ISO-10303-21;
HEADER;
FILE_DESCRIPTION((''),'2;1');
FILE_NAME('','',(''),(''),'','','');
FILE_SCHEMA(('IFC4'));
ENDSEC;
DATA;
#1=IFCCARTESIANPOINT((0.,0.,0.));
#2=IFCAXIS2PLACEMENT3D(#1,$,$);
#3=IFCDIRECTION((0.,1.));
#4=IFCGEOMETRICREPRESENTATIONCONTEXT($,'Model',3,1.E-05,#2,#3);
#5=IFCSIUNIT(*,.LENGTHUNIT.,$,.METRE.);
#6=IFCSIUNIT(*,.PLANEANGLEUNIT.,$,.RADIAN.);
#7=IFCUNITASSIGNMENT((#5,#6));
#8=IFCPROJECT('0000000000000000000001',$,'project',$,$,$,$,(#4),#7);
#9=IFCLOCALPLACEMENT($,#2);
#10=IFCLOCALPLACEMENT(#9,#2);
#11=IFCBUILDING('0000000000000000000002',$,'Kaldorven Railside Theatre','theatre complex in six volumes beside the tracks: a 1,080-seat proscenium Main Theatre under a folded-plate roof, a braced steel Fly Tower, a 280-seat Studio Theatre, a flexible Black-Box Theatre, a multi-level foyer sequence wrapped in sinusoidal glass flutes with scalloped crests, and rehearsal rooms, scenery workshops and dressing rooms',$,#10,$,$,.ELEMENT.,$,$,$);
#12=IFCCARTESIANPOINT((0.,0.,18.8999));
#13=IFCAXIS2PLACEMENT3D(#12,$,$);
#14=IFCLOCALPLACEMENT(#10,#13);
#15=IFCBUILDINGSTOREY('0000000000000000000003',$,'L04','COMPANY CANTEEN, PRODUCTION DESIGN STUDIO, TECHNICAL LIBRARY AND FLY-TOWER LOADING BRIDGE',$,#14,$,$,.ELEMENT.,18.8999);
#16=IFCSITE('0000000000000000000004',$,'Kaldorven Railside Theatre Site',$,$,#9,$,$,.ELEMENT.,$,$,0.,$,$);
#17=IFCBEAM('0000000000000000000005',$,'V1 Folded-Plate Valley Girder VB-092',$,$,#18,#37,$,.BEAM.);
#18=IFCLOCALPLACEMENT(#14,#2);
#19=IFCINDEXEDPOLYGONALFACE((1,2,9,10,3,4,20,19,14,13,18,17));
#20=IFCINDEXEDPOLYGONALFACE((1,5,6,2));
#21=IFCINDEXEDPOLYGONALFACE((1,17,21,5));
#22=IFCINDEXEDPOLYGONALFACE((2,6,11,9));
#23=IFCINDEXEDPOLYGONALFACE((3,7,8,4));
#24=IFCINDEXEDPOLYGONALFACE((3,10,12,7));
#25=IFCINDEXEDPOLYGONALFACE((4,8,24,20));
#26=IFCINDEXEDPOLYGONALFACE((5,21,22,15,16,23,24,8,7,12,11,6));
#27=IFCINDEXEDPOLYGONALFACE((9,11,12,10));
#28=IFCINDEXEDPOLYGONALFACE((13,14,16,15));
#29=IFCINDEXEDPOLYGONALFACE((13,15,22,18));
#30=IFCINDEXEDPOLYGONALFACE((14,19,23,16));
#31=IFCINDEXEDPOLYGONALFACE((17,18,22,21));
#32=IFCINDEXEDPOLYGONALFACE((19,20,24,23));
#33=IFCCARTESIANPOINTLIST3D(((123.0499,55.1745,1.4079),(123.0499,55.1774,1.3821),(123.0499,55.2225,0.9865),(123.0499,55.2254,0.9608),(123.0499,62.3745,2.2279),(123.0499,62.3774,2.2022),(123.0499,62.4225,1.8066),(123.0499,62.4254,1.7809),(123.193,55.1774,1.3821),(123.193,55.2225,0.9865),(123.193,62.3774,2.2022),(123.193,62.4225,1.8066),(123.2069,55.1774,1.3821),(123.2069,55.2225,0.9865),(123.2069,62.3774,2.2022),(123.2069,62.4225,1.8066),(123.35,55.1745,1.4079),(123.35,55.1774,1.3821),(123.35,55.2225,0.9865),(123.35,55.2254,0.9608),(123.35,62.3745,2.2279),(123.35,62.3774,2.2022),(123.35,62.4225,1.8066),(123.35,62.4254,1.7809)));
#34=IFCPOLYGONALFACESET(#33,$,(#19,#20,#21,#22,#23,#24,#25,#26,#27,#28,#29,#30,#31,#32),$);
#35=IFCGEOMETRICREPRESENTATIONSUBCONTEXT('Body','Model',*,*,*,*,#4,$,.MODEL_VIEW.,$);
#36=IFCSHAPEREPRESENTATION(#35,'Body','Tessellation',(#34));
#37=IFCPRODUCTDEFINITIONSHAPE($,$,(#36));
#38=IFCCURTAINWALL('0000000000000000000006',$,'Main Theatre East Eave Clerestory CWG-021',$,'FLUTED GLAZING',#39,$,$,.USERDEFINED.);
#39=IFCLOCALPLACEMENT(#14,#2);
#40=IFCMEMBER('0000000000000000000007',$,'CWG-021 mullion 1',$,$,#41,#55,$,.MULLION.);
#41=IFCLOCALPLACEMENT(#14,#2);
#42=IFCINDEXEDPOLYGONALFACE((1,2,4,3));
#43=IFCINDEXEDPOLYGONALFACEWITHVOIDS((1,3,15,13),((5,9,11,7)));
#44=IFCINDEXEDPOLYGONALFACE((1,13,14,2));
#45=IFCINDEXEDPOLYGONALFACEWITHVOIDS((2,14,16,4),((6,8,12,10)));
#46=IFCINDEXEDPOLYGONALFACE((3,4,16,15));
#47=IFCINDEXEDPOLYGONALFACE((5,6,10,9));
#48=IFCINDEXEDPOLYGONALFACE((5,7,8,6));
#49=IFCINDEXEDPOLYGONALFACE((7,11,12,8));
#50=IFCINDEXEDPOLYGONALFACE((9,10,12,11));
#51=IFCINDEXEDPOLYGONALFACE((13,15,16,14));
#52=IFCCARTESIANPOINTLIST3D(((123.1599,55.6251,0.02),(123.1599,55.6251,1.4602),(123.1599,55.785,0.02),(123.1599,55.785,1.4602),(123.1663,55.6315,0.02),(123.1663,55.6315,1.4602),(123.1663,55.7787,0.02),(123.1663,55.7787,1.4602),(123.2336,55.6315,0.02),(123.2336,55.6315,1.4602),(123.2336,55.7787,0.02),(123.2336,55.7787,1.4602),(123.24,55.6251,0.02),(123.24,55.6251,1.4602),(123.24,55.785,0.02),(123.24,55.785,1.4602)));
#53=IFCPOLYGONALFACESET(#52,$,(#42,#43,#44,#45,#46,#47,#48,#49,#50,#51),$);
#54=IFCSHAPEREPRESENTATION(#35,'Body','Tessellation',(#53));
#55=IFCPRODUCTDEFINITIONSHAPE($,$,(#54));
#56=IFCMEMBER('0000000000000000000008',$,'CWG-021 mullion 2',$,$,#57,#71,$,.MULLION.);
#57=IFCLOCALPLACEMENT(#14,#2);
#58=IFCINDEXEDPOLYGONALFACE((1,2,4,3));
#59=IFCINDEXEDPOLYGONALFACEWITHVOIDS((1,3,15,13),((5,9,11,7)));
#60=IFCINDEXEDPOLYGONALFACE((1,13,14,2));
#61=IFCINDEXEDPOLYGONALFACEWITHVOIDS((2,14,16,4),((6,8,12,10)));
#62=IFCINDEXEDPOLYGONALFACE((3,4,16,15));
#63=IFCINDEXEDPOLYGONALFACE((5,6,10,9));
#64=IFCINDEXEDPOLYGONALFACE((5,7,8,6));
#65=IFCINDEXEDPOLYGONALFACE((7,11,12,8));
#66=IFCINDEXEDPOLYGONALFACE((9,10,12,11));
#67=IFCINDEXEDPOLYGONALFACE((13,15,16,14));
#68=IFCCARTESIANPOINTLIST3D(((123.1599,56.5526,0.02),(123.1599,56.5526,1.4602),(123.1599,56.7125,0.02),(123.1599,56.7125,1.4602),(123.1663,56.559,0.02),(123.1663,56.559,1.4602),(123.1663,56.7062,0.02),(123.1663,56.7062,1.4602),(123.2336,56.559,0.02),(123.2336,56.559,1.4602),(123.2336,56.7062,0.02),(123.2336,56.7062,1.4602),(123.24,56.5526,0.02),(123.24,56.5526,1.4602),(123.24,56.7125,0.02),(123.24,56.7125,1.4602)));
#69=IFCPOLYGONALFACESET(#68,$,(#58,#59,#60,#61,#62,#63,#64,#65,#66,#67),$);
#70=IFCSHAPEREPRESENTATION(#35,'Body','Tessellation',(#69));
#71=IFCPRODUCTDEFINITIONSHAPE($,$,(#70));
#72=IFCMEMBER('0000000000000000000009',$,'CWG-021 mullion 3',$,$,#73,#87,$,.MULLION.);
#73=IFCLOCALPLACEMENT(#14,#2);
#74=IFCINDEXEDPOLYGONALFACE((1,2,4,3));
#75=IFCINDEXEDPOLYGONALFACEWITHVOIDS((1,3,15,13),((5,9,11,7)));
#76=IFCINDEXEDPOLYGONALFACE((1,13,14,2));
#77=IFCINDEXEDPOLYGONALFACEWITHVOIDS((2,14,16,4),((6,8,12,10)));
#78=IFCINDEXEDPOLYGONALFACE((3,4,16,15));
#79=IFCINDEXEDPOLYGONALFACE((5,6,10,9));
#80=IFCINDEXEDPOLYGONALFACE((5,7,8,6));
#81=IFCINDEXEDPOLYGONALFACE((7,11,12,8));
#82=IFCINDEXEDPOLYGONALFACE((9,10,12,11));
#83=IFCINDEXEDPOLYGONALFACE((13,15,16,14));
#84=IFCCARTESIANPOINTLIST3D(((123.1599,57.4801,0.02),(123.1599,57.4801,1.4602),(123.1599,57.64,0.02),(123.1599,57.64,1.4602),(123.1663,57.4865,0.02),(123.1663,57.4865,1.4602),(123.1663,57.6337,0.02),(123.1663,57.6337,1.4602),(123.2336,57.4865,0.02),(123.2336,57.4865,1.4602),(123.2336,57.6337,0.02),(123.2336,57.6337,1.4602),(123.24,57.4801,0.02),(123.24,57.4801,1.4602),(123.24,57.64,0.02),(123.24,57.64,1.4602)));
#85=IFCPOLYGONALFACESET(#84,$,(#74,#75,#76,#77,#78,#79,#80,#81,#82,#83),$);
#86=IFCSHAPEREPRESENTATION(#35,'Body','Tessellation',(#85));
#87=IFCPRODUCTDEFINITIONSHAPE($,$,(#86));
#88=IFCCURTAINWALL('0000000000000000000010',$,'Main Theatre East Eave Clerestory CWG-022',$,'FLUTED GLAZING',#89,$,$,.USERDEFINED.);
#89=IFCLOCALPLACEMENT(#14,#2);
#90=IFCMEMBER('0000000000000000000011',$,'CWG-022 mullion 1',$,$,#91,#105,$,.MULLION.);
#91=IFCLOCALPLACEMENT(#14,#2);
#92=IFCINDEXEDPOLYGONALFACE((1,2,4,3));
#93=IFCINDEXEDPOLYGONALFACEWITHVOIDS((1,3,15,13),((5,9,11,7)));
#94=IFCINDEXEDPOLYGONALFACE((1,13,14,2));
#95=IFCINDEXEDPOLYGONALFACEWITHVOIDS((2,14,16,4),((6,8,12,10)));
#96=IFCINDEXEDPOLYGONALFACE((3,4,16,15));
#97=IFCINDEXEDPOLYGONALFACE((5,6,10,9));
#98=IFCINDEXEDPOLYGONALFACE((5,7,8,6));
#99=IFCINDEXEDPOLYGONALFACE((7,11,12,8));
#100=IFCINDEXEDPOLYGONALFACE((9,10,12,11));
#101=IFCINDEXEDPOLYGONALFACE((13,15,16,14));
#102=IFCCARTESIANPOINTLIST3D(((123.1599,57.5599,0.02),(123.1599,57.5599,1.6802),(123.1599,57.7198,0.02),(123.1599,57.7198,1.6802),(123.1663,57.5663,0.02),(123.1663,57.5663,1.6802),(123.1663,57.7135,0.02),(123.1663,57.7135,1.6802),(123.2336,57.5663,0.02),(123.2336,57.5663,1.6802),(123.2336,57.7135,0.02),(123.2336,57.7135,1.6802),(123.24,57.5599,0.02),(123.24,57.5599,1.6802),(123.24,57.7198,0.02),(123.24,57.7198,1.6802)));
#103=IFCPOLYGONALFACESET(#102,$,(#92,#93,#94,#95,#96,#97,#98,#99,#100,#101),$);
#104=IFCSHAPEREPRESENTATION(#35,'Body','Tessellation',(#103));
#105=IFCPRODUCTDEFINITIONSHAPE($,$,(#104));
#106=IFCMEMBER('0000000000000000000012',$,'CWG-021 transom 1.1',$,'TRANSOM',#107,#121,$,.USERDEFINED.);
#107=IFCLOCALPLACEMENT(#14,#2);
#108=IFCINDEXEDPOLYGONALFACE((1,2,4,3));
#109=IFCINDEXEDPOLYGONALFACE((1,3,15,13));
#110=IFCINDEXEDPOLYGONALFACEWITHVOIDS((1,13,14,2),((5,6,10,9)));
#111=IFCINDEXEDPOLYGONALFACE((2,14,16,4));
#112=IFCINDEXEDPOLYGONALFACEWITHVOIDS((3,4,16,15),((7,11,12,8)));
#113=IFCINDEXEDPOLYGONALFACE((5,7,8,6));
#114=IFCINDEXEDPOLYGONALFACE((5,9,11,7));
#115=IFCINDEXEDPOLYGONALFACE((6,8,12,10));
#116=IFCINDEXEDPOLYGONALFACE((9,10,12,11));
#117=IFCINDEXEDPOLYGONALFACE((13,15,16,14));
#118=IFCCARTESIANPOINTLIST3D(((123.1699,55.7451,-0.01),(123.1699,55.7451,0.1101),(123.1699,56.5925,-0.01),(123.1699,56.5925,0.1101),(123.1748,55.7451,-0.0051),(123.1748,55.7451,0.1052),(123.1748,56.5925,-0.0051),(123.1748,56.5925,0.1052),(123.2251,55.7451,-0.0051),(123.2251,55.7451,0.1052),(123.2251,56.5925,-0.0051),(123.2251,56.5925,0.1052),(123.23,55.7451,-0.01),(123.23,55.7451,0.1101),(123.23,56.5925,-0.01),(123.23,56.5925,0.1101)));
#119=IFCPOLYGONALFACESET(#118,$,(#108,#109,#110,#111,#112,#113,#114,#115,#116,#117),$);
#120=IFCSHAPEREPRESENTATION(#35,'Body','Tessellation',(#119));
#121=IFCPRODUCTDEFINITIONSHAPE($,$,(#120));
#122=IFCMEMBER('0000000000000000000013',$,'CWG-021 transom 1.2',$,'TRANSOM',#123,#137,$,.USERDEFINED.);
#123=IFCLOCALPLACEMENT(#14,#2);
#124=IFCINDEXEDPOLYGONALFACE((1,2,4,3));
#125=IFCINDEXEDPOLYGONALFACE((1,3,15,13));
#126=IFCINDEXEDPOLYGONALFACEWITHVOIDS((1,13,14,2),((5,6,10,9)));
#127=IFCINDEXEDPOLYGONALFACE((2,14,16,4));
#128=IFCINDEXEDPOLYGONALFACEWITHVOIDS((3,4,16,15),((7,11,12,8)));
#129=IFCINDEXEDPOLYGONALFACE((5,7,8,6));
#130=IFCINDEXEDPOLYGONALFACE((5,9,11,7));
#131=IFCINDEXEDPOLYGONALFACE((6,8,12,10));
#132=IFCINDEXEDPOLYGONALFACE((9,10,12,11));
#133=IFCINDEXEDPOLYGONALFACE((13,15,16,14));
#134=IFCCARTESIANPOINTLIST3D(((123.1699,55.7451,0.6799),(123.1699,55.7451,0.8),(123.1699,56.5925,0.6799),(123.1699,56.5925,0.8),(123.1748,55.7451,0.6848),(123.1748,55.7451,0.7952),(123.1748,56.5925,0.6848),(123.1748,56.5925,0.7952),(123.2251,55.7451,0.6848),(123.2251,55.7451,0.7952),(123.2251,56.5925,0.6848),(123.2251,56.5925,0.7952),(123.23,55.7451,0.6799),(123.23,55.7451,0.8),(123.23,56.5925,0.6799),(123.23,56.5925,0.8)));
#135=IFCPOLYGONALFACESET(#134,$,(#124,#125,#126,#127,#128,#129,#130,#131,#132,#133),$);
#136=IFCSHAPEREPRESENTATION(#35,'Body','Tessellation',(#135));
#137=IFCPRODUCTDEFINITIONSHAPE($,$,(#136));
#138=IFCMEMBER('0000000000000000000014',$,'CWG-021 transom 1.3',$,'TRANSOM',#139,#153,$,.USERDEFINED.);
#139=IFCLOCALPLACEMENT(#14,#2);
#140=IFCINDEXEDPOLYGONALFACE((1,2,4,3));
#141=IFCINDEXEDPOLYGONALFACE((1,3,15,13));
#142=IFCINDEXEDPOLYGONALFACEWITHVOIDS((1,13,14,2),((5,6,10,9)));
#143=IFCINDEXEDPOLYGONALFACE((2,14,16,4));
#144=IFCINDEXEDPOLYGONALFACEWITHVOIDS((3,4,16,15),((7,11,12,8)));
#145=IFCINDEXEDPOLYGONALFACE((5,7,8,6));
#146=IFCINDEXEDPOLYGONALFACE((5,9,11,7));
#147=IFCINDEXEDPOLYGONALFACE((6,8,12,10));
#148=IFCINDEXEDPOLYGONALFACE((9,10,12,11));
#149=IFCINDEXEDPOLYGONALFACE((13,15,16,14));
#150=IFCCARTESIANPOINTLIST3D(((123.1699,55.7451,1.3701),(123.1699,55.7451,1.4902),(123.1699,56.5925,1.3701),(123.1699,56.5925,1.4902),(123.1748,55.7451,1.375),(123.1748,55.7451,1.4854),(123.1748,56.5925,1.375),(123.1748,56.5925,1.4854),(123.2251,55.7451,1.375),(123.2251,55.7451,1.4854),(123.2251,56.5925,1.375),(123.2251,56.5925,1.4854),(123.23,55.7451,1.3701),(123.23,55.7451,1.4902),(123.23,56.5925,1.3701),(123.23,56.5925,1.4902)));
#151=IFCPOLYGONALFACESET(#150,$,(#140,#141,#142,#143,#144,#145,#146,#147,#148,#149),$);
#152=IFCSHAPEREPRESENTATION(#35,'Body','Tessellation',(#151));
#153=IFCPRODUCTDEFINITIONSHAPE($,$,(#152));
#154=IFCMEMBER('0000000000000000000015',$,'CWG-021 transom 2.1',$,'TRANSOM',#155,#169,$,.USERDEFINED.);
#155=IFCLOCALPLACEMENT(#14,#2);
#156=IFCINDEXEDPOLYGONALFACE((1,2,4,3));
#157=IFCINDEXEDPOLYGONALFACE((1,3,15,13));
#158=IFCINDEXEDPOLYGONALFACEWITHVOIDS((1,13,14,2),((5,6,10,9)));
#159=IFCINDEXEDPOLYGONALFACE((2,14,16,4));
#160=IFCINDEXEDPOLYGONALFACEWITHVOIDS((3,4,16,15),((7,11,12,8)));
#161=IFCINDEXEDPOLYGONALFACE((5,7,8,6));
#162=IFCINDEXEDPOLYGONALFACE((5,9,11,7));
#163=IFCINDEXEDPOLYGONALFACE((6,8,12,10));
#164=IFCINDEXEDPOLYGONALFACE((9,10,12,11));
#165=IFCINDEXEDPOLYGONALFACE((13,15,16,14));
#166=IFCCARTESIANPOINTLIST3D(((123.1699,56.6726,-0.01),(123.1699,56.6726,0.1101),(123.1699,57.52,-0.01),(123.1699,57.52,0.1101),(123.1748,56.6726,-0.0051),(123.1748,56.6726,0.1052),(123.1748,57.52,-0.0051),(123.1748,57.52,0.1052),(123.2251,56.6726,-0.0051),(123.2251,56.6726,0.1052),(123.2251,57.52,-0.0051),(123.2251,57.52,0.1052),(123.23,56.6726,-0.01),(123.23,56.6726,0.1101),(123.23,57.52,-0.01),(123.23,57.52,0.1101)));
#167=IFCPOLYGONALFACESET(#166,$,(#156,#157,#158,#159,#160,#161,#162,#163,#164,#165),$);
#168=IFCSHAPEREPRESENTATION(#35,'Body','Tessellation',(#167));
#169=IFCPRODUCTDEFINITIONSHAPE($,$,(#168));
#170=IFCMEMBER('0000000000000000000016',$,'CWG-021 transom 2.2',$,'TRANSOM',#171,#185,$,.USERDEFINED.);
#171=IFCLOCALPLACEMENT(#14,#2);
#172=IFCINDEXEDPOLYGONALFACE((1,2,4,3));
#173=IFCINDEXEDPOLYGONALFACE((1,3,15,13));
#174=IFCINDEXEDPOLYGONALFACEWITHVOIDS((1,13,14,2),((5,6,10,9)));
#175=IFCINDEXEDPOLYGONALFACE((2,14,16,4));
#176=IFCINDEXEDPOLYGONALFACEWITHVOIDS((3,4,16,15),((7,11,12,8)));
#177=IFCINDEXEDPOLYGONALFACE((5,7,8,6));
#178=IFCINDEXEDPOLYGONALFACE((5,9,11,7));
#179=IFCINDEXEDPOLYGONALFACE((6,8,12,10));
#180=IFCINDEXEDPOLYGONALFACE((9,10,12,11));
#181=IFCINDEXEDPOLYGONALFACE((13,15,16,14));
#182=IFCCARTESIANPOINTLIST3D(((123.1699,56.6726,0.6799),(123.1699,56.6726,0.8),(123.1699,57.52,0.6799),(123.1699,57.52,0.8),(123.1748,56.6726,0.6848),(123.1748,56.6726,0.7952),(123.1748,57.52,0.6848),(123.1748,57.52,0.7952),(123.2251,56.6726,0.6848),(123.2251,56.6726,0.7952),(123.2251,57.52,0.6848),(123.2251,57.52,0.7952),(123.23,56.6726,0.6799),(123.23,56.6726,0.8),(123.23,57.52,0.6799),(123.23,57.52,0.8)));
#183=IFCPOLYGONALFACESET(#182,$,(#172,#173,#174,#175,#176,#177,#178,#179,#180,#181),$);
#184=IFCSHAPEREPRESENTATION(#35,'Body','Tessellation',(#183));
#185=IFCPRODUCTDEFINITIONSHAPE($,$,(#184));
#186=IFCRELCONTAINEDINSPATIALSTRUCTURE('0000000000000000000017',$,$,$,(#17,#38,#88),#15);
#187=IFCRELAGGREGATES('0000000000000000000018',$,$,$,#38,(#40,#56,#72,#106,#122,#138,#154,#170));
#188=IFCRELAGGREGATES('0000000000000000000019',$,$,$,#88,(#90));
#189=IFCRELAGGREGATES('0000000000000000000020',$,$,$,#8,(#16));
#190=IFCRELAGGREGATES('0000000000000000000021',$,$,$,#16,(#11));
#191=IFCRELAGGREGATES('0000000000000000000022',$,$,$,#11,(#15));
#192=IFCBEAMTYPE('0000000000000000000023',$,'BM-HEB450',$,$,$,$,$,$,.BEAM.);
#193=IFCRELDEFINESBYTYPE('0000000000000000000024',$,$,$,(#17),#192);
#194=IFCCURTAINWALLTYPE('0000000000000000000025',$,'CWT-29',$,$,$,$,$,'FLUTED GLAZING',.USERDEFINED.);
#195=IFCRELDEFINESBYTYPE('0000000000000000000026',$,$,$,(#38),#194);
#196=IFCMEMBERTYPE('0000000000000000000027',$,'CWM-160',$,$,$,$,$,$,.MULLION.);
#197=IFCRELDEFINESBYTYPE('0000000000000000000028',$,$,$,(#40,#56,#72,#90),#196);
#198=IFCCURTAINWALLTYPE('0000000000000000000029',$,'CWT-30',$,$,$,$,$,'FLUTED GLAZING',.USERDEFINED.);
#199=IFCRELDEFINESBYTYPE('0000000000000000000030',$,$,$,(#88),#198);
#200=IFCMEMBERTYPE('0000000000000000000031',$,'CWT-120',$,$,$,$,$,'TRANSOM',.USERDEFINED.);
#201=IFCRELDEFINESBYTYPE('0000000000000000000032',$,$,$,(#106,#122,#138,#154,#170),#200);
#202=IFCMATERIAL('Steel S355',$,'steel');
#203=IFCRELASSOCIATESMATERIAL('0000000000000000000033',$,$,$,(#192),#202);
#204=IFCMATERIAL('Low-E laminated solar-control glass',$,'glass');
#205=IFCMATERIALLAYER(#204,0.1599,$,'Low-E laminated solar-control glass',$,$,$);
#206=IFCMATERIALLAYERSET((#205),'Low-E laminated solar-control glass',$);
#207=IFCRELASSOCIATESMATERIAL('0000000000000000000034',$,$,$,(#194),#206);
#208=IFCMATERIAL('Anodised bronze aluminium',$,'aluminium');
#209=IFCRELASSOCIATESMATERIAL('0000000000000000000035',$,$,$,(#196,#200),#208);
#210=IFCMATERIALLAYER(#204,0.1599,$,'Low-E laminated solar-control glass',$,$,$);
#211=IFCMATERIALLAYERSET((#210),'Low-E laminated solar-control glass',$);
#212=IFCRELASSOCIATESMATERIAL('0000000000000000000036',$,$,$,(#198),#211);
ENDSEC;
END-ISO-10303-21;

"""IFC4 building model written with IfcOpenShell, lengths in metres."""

from ifc_helpers import new_model, si_unit, direction, frame, origin, origin_2d, place, context, subcontext, project, spatial, hollow_rectangle, i_section, extrude, material, layer, layer_set, material_profile, profile_set, type_object, element, aggregate, save


model = new_model("IFC4")

# Units and contexts
model_context = context("Model", 3, precision=1e-05, world=origin(), true_north=direction((0.0, 1.0)))
body_context = subcontext(model_context, "Body", "Model", "MODEL_VIEW")
ifc_project = project(units=[si_unit("LENGTHUNIT", "METRE"), si_unit("PLANEANGLEUNIT", "RADIAN")], contexts=[model_context])

# Site, building, storey
site_placement = place(None, origin())
site = spatial("IfcSite", under=ifc_project, at=site_placement, Name="Kaldorven Railside Theatre Site", CompositionType="ELEMENT", RefElevation=0.0)
building_placement = place(site_placement, origin())
building = spatial("IfcBuilding", under=site, at=building_placement, Name="Kaldorven Railside Theatre", Description="theatre complex in six volumes beside the tracks: a 1,080-seat proscenium Main Theatre under a folded-plate roof, a braced steel Fly Tower, a 280-seat Studio Theatre, a flexible Black-Box Theatre, a multi-level foyer sequence wrapped in sinusoidal glass flutes with scalloped crests, and rehearsal rooms, scenery workshops and dressing rooms", CompositionType="ELEMENT")
storey_placement = place(building_placement, frame((0.0, 0.0, 18.8999)))
storey = spatial("IfcBuildingStorey", under=building, at=storey_placement, Name="L04", Description="COMPANY CANTEEN, PRODUCTION DESIGN STUDIO, TECHNICAL LIBRARY AND FLY-TOWER LOADING BRIDGE", CompositionType="ELEMENT", Elevation=18.8999)

# Beam
ifc_material_1 = material(Name="Steel S355", Category="steel")
ifc_material_profile_1 = material_profile(ifc_material_1, i_section(OverallWidth=0.3, OverallDepth=0.45, WebThickness=0.0139, FlangeThickness=0.0259, at=origin_2d()), Name="HEB 450")
ifc_profile_set_1 = profile_set([ifc_material_profile_1], Name="Steel S355")
beam_type = type_object("IfcBeamType", Name="BM-HEB450", PredefinedType="BEAM", material=ifc_profile_set_1)
beam_placement = place(storey_placement, frame((123.2, 55.2, 1.1843), z_axis=(0.0, 0.993576, 0.113167), x_axis=(-1.0, 0.0, 0.0)))
element("IfcBeam", 1, at=beam_placement, inside=storey, type_object=beam_type, Name="V1 Folded-Plate Valley Girder VB-092", PredefinedType="BEAM", context=body_context, shape_type="SweptSolid", body=[
    extrude(i_section(OverallWidth=0.3, OverallDepth=0.45, WebThickness=0.0139, FlangeThickness=0.0259, at=origin_2d()), origin(), (0.0, 0.0, 1.0), 7.2466),
])

# Curtain wall, members
ifc_material_2 = material(Name="Low-E laminated solar-control glass", Category="glass")
ifc_layer_1 = layer(ifc_material_2, 0.1599, Name="Low-E laminated solar-control glass")
ifc_layer_set_1 = layer_set([ifc_layer_1], Name="Low-E laminated solar-control glass")
curtain_wall_type_1 = type_object("IfcCurtainWallType", Name="CWT-29", ElementType="FLUTED GLAZING", PredefinedType="USERDEFINED", material=ifc_layer_set_1)
curtain_wall_1_placement = place(storey_placement, origin())
curtain_wall_1 = element("IfcCurtainWall", 2, at=curtain_wall_1_placement, inside=storey, type_object=curtain_wall_type_1, Name="Main Theatre East Eave Clerestory CWG-021", ObjectType="FLUTED GLAZING", PredefinedType="USERDEFINED")
ifc_material_3 = material(Name="Anodised bronze aluminium", Category="aluminium")
ifc_material_profile_2 = material_profile(ifc_material_3, hollow_rectangle(XDim=0.0801, YDim=0.1599, WallThickness=0.0063, at=origin_2d()), Name="RHS 160x80x6.3")
ifc_profile_set_2 = profile_set([ifc_material_profile_2], Name="Anodised bronze aluminium")
member_type_1 = type_object("IfcMemberType", Name="CWM-160", PredefinedType="MULLION", material=ifc_profile_set_2)
member_1_placement = place(storey_placement, frame((123.2, 55.7051, 0.02), z_axis=(0.0, 0.0, 1.0), x_axis=(-1.0, 0.0, 0.0)))
member_1 = element("IfcMember", 3, at=member_1_placement, type_object=member_type_1, Name="CWG-021 mullion 1", PredefinedType="MULLION", context=body_context, shape_type="SweptSolid", body=[
    extrude(hollow_rectangle(XDim=0.0801, YDim=0.1599, WallThickness=0.0063, at=origin_2d()), origin(), (0.0, 0.0, 1.0), 1.4402),
])
member_2_placement = place(storey_placement, frame((123.2, 56.6326, 0.02), z_axis=(0.0, 0.0, 1.0), x_axis=(-1.0, 0.0, 0.0)))
member_2 = element("IfcMember", 4, at=member_2_placement, type_object=member_type_1, Name="CWG-021 mullion 2", PredefinedType="MULLION", context=body_context, shape_type="SweptSolid", body=[
    extrude(hollow_rectangle(XDim=0.0801, YDim=0.1599, WallThickness=0.0063, at=origin_2d()), origin(), (0.0, 0.0, 1.0), 1.4402),
])
member_3_placement = place(storey_placement, frame((123.2, 57.5601, 0.02), z_axis=(0.0, 0.0, 1.0), x_axis=(-1.0, 0.0, 0.0)))
member_3 = element("IfcMember", 5, at=member_3_placement, type_object=member_type_1, Name="CWG-021 mullion 3", PredefinedType="MULLION", context=body_context, shape_type="SweptSolid", body=[
    extrude(hollow_rectangle(XDim=0.0801, YDim=0.1599, WallThickness=0.0063, at=origin_2d()), origin(), (0.0, 0.0, 1.0), 1.4402),
])

# Curtain wall, member
ifc_layer_2 = layer(ifc_material_2, 0.1599, Name="Low-E laminated solar-control glass")
ifc_layer_set_2 = layer_set([ifc_layer_2], Name="Low-E laminated solar-control glass")
curtain_wall_type_2 = type_object("IfcCurtainWallType", Name="CWT-30", ElementType="FLUTED GLAZING", PredefinedType="USERDEFINED", material=ifc_layer_set_2)
curtain_wall_2_placement = place(storey_placement, origin())
curtain_wall_2 = element("IfcCurtainWall", 6, at=curtain_wall_2_placement, inside=storey, type_object=curtain_wall_type_2, Name="Main Theatre East Eave Clerestory CWG-022", ObjectType="FLUTED GLAZING", PredefinedType="USERDEFINED")
member_4_placement = place(storey_placement, frame((123.2, 57.6399, 0.02), z_axis=(0.0, 0.0, 1.0), x_axis=(-1.0, 0.0, 0.0)))
member_4 = element("IfcMember", 7, at=member_4_placement, type_object=member_type_1, Name="CWG-022 mullion 1", PredefinedType="MULLION", context=body_context, shape_type="SweptSolid", body=[
    extrude(hollow_rectangle(XDim=0.0801, YDim=0.1599, WallThickness=0.0063, at=origin_2d()), origin(), (0.0, 0.0, 1.0), 1.6602),
])

# Members
ifc_material_profile_3 = material_profile(ifc_material_3, hollow_rectangle(XDim=0.0601, YDim=0.1201, WallThickness=0.0049, at=origin_2d()), Name="RHS 120x60x5")
ifc_profile_set_3 = profile_set([ifc_material_profile_3], Name="Anodised bronze aluminium")
member_type_2 = type_object("IfcMemberType", Name="CWT-120", ElementType="TRANSOM", PredefinedType="USERDEFINED", material=ifc_profile_set_3)
member_5_placement = place(storey_placement, frame((123.2, 55.7451, 0.05), z_axis=(0.0, 1.0, 0.0), x_axis=(-1.0, 0.0, 0.0)))
member_5 = element("IfcMember", 8, at=member_5_placement, type_object=member_type_2, Name="CWG-021 transom 1.1", ObjectType="TRANSOM", PredefinedType="USERDEFINED", context=body_context, shape_type="SweptSolid", body=[
    extrude(hollow_rectangle(XDim=0.0601, YDim=0.1201, WallThickness=0.0049, at=origin_2d()), origin(), (0.0, 0.0, 1.0), 0.8474),
])
member_6_placement = place(storey_placement, frame((123.2, 55.7451, 0.74), z_axis=(0.0, 1.0, 0.0), x_axis=(-1.0, 0.0, 0.0)))
member_6 = element("IfcMember", 9, at=member_6_placement, type_object=member_type_2, Name="CWG-021 transom 1.2", ObjectType="TRANSOM", PredefinedType="USERDEFINED", context=body_context, shape_type="SweptSolid", body=[
    extrude(hollow_rectangle(XDim=0.0601, YDim=0.1201, WallThickness=0.0049, at=origin_2d()), origin(), (0.0, 0.0, 1.0), 0.8474),
])
member_7_placement = place(storey_placement, frame((123.2, 55.7451, 1.4302), z_axis=(0.0, 1.0, 0.0), x_axis=(-1.0, 0.0, 0.0)))
member_7 = element("IfcMember", 10, at=member_7_placement, type_object=member_type_2, Name="CWG-021 transom 1.3", ObjectType="TRANSOM", PredefinedType="USERDEFINED", context=body_context, shape_type="SweptSolid", body=[
    extrude(hollow_rectangle(XDim=0.0601, YDim=0.1201, WallThickness=0.0049, at=origin_2d()), origin(), (0.0, 0.0, 1.0), 0.8474),
])
member_8_placement = place(storey_placement, frame((123.2, 56.6726, 0.05), z_axis=(0.0, 1.0, 0.0), x_axis=(-1.0, 0.0, 0.0)))
member_8 = element("IfcMember", 11, at=member_8_placement, type_object=member_type_2, Name="CWG-021 transom 2.1", ObjectType="TRANSOM", PredefinedType="USERDEFINED", context=body_context, shape_type="SweptSolid", body=[
    extrude(hollow_rectangle(XDim=0.0601, YDim=0.1201, WallThickness=0.0049, at=origin_2d()), origin(), (0.0, 0.0, 1.0), 0.8474),
])
member_9_placement = place(storey_placement, frame((123.2, 56.6726, 0.74), z_axis=(0.0, 1.0, 0.0), x_axis=(-1.0, 0.0, 0.0)))
member_9 = element("IfcMember", 12, at=member_9_placement, type_object=member_type_2, Name="CWG-021 transom 2.2", ObjectType="TRANSOM", PredefinedType="USERDEFINED", context=body_context, shape_type="SweptSolid", body=[
    extrude(hollow_rectangle(XDim=0.0601, YDim=0.1201, WallThickness=0.0049, at=origin_2d()), origin(), (0.0, 0.0, 1.0), 0.8474),
])

aggregate(curtain_wall_1, [member_1, member_2, member_3, member_5, member_6, member_7, member_8, member_9])
aggregate(curtain_wall_2, [member_4])

save(model, "model.ifc")
